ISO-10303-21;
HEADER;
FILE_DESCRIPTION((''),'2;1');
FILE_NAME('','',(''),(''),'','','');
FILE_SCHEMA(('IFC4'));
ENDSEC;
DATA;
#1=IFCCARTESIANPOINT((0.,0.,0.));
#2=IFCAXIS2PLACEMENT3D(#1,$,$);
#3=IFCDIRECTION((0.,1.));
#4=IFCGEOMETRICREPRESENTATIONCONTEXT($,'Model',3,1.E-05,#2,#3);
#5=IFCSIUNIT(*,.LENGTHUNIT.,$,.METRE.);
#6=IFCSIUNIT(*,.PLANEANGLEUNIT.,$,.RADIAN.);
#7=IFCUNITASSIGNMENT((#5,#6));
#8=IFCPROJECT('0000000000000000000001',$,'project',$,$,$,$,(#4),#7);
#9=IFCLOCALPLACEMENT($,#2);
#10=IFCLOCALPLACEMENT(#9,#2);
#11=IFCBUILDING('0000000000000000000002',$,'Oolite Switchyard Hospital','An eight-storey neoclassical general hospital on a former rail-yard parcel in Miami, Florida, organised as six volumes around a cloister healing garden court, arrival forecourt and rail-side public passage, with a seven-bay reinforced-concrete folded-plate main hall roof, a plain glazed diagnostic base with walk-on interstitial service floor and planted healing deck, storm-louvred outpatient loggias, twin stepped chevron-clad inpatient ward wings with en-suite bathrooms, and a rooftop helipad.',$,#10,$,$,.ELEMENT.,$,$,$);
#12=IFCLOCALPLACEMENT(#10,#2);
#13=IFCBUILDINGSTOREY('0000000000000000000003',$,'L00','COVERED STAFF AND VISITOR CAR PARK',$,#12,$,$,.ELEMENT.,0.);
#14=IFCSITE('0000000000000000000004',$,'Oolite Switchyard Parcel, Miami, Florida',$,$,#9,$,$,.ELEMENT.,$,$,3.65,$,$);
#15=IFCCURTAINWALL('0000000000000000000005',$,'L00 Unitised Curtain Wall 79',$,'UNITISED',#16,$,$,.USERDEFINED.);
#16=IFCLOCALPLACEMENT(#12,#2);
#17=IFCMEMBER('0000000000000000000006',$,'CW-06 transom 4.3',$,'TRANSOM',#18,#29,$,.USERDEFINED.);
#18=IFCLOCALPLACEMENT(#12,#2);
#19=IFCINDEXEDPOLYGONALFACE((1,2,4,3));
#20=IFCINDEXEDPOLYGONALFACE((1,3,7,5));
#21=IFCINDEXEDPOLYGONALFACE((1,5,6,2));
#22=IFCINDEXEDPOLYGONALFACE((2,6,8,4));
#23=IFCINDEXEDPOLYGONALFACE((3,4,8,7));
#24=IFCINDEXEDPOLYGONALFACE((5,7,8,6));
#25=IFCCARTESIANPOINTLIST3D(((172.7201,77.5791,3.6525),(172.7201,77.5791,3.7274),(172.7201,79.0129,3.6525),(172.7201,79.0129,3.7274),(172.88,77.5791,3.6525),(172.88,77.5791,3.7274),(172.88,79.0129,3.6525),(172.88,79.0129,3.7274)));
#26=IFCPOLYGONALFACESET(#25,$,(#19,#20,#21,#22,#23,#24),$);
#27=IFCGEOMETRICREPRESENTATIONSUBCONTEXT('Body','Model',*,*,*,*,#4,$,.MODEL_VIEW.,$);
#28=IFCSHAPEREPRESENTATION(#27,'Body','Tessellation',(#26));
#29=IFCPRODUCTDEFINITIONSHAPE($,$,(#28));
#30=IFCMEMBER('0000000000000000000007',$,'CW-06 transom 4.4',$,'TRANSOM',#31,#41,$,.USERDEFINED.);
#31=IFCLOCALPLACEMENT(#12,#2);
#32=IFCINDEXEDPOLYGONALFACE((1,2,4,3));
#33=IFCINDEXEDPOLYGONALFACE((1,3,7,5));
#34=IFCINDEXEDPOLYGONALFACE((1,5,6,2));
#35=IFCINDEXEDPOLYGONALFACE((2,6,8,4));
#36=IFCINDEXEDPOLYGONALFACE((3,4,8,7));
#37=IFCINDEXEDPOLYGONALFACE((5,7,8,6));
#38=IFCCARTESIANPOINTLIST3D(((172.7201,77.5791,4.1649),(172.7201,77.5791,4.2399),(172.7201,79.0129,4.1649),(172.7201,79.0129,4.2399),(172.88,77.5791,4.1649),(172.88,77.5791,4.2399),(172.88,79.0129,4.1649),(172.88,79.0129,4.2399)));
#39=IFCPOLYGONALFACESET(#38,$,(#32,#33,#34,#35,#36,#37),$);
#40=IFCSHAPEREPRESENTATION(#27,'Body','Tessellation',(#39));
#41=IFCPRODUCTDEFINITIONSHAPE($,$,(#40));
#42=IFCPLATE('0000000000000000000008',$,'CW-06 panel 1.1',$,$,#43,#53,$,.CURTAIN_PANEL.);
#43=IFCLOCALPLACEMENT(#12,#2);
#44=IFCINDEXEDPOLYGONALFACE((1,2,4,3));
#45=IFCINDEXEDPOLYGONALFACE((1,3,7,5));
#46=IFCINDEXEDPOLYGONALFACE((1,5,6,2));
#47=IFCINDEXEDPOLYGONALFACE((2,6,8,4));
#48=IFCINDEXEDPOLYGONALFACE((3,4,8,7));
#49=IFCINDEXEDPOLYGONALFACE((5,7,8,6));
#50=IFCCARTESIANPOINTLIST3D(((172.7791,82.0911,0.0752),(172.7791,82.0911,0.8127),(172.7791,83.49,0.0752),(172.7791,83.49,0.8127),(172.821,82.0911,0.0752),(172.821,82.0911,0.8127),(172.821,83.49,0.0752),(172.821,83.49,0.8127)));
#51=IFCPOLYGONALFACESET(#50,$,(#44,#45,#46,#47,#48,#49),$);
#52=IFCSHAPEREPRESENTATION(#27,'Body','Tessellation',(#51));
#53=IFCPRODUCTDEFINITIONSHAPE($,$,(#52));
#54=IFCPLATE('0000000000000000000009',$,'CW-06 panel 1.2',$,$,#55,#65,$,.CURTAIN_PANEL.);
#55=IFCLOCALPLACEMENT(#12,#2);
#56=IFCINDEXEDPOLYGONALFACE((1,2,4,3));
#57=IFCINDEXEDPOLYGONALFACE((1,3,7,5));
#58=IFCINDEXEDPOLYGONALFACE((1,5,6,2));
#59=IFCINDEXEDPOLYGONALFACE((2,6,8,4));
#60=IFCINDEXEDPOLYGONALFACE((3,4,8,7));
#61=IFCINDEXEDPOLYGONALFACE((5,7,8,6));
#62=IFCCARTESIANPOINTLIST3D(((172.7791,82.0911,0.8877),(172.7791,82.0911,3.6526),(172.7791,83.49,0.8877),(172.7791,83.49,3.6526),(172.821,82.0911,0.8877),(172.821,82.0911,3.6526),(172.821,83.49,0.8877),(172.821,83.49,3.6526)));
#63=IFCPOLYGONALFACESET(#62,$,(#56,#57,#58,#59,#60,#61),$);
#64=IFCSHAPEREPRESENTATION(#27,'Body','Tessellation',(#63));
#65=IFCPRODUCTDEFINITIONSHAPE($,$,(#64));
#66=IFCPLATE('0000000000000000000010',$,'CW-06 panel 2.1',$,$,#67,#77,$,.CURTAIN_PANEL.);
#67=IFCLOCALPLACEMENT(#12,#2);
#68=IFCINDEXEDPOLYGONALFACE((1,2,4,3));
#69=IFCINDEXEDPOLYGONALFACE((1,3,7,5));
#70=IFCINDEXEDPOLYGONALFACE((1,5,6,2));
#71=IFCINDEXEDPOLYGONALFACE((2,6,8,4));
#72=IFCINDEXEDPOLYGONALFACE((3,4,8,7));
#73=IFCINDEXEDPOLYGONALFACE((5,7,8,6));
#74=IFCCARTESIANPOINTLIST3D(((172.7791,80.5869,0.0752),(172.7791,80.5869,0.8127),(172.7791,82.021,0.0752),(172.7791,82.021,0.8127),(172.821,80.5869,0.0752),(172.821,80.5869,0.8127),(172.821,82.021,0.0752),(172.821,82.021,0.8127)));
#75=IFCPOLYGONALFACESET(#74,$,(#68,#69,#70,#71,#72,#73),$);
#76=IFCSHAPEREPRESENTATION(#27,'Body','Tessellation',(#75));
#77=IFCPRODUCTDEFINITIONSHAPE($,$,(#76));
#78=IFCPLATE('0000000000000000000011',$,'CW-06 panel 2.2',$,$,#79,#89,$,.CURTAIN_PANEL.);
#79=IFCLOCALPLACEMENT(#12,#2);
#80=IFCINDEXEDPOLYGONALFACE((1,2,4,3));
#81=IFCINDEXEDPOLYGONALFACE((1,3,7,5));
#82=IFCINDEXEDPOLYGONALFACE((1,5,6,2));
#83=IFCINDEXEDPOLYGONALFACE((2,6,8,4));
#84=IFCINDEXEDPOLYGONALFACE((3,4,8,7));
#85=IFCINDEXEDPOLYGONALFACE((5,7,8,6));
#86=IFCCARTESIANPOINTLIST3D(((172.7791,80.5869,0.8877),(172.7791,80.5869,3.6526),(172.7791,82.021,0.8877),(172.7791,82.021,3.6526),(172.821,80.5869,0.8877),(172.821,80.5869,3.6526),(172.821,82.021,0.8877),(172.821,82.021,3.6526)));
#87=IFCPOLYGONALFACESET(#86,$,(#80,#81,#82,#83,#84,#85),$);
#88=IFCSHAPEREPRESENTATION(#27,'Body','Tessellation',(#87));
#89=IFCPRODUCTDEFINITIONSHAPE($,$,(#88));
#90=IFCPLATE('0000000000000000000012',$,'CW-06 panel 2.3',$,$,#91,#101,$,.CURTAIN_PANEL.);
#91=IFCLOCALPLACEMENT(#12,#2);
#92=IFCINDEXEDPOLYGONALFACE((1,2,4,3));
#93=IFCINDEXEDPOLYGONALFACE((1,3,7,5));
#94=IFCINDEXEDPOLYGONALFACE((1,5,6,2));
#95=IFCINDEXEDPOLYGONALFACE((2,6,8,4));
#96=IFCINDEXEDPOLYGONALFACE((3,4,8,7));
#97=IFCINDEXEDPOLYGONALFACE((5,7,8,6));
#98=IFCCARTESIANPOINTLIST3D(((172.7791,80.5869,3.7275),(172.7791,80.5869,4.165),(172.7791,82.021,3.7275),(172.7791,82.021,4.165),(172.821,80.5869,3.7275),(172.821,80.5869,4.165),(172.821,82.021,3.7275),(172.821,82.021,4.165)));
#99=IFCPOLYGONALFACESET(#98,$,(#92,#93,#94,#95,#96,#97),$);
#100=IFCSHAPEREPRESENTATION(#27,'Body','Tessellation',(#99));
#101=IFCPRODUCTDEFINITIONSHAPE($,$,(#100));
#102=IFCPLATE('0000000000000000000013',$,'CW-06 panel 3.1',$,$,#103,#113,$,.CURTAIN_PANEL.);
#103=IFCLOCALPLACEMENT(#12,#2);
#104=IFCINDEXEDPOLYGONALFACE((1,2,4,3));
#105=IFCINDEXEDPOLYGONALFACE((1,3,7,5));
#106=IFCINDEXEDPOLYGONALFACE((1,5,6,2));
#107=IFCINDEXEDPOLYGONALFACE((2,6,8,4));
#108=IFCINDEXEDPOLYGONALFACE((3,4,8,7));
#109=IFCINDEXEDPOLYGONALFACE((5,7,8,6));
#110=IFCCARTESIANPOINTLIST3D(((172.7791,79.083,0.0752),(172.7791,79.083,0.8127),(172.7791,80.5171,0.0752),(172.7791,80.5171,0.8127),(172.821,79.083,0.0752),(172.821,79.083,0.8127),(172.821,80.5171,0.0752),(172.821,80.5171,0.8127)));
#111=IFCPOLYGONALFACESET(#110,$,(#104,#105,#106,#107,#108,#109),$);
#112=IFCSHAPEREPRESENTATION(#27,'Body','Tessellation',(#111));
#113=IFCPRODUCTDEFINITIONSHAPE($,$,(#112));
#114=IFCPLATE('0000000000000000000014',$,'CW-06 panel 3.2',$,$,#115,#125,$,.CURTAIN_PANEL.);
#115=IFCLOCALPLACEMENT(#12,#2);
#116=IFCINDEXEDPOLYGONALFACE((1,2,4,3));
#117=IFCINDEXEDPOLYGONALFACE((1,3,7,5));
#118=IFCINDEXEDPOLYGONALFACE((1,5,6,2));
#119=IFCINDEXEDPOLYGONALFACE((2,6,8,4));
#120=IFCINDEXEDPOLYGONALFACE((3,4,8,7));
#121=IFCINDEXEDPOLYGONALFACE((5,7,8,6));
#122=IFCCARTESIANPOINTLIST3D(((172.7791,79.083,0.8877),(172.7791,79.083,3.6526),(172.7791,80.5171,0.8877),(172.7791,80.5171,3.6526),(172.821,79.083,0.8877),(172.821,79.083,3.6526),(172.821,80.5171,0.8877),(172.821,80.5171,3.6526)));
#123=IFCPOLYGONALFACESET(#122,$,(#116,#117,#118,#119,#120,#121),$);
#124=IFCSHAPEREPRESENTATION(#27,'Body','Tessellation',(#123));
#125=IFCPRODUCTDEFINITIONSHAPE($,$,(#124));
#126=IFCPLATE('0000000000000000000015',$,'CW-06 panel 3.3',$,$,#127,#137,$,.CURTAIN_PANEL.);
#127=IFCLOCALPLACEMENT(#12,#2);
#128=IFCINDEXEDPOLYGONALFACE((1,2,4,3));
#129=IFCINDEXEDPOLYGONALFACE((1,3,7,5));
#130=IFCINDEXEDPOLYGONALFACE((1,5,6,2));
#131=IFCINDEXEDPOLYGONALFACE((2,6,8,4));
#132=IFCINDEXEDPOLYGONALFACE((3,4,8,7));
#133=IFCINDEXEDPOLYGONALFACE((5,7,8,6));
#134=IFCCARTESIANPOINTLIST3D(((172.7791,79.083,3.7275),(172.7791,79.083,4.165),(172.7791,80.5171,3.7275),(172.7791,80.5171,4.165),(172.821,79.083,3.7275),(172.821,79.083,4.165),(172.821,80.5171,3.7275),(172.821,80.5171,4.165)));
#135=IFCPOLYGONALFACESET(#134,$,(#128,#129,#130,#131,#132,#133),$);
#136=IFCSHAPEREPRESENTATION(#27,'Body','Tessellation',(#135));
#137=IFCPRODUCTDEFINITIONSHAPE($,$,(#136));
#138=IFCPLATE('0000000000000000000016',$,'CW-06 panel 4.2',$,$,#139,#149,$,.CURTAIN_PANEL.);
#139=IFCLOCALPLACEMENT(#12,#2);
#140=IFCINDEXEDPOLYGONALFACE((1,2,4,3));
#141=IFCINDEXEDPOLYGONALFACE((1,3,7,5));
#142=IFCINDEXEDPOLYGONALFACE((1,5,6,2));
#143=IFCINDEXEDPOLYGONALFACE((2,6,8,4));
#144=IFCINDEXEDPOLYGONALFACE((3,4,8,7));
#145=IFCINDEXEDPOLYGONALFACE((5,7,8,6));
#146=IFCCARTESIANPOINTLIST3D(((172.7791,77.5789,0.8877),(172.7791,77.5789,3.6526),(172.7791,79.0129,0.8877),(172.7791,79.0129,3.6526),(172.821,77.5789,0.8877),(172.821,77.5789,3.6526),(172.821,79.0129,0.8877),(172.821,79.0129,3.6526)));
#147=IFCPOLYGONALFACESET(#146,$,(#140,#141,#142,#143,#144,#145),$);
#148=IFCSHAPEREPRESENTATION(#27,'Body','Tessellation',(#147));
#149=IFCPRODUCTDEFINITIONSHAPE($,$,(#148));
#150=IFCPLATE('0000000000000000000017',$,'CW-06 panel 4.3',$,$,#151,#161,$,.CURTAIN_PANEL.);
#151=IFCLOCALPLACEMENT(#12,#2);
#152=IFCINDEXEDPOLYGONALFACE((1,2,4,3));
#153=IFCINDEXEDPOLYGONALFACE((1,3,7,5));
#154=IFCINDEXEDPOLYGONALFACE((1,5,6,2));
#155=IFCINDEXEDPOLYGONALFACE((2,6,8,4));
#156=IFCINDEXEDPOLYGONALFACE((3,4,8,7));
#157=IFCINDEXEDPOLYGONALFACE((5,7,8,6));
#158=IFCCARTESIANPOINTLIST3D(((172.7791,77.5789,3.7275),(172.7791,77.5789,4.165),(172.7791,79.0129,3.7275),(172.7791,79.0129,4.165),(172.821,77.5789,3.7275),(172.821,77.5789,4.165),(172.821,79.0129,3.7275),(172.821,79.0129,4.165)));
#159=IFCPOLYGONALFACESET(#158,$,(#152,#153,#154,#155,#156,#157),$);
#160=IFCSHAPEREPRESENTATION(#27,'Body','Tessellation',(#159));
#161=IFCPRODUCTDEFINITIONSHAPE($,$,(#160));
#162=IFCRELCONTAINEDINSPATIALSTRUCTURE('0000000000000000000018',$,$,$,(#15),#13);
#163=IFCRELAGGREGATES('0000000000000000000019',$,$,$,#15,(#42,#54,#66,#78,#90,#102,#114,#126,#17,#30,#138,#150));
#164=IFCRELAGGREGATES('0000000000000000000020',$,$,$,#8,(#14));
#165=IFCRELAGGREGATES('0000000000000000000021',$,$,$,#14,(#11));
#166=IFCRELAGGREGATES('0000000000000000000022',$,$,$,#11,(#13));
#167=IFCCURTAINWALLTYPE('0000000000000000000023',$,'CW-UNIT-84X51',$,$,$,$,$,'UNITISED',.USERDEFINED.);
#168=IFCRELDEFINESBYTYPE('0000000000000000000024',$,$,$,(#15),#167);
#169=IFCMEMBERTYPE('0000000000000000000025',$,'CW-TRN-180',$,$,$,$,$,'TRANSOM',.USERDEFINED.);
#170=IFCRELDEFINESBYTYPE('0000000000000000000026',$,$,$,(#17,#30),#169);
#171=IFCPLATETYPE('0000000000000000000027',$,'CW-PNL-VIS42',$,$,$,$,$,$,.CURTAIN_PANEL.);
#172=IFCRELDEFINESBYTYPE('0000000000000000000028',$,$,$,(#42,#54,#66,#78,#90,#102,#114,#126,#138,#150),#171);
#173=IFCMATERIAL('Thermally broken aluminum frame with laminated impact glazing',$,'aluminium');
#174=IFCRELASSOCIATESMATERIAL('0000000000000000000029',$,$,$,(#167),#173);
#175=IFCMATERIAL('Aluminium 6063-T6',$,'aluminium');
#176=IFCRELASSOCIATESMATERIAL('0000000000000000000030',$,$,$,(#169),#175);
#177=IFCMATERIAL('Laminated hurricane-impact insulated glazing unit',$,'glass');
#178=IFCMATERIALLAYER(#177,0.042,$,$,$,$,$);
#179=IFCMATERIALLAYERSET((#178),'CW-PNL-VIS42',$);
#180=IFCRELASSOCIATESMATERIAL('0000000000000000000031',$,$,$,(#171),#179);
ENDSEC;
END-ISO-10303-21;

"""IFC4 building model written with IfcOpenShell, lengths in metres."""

from ifc_helpers import new_model, si_unit, direction, frame, origin, origin_2d, place, context, subcontext, project, spatial, rectangle, extrude, material, layer, layer_set, material_profile, profile_set, type_object, element, aggregate, save


model = new_model("IFC4")

# Units and contexts
model_context = context("Model", 3, precision=1e-05, world=origin(), true_north=direction((0.0, 1.0)))
body_context = subcontext(model_context, "Body", "Model", "MODEL_VIEW")
ifc_project = project(units=[si_unit("LENGTHUNIT", "METRE"), si_unit("PLANEANGLEUNIT", "RADIAN")], contexts=[model_context])

# Site, building, storey
site_placement = place(None, origin())
site = spatial("IfcSite", under=ifc_project, at=site_placement, Name="Oolite Switchyard Parcel, Miami, Florida", CompositionType="ELEMENT", RefElevation=3.65)
building_placement = place(site_placement, origin())
building = spatial("IfcBuilding", under=site, at=building_placement, Name="Oolite Switchyard Hospital", Description="An eight-storey neoclassical general hospital on a former rail-yard parcel in Miami, Florida, organised as six volumes around a cloister healing garden court, arrival forecourt and rail-side public passage, with a seven-bay reinforced-concrete folded-plate main hall roof, a plain glazed diagnostic base with walk-on interstitial service floor and planted healing deck, storm-louvred outpatient loggias, twin stepped chevron-clad inpatient ward wings with en-suite bathrooms, and a rooftop helipad.", CompositionType="ELEMENT")
storey_placement = place(building_placement, origin())
storey = spatial("IfcBuildingStorey", under=building, at=storey_placement, Name="L00", Description="COVERED STAFF AND VISITOR CAR PARK", CompositionType="ELEMENT", Elevation=0.0)

# Curtain wall, members, plates
ifc_material_1 = material(Name="Thermally broken aluminum frame with laminated impact glazing", Category="aluminium")
curtain_wall_type = type_object("IfcCurtainWallType", Name="CW-UNIT-84X51", ElementType="UNITISED", PredefinedType="USERDEFINED", material=ifc_material_1)
curtain_wall_placement = place(storey_placement, origin())
curtain_wall = element("IfcCurtainWall", 1, at=curtain_wall_placement, inside=storey, type_object=curtain_wall_type, Name="L00 Unitised Curtain Wall 79", ObjectType="UNITISED", PredefinedType="USERDEFINED")
ifc_material_2 = material(Name="Aluminium 6063-T6", Category="aluminium")
ifc_material_profile_1 = material_profile(ifc_material_2, rectangle(XDim=0.1599, YDim=0.075, at=origin_2d()), Name="CWT75X160")
ifc_profile_set_1 = profile_set([ifc_material_profile_1], Name="Aluminium 6063-T6")
member_type_1 = type_object("IfcMemberType", Name="CW-TRN-180", ElementType="TRANSOM", PredefinedType="USERDEFINED", material=ifc_profile_set_1)
member_1_placement = place(storey_placement, frame((172.8, 79.0129, 3.6899), z_axis=(0.0, -1.0, 0.0), x_axis=(1.0, 0.0, 0.0)))
member_1 = element("IfcMember", 2, at=member_1_placement, type_object=member_type_1, Name="CW-06 transom 4.3", ObjectType="TRANSOM", PredefinedType="USERDEFINED", context=body_context, shape_type="SweptSolid", body=[
    extrude(rectangle(XDim=0.1599, YDim=0.075, at=origin_2d()), origin(), (0.0, 0.0, 1.0), 1.4338),
])
member_2_placement = place(storey_placement, frame((172.8, 79.0129, 4.2024), z_axis=(0.0, -1.0, 0.0), x_axis=(1.0, 0.0, 0.0)))
member_2 = element("IfcMember", 3, at=member_2_placement, type_object=member_type_1, Name="CW-06 transom 4.4", ObjectType="TRANSOM", PredefinedType="USERDEFINED", context=body_context, shape_type="SweptSolid", body=[
    extrude(rectangle(XDim=0.1599, YDim=0.075, at=origin_2d()), origin(), (0.0, 0.0, 1.0), 1.4338),
])
ifc_material_3 = material(Name="Laminated hurricane-impact insulated glazing unit", Category="glass")
ifc_layer = layer(ifc_material_3, 0.042)
ifc_layer_set = layer_set([ifc_layer], Name="CW-PNL-VIS42")
plate_type = type_object("IfcPlateType", Name="CW-PNL-VIS42", PredefinedType="CURTAIN_PANEL", material=ifc_layer_set)
plate_1_placement = place(storey_placement, frame((172.8, 82.7905, 0.0752), z_axis=(0.0, 0.0, 1.0), x_axis=(0.0, -1.0, 0.0)))
plate_1 = element("IfcPlate", 4, at=plate_1_placement, type_object=plate_type, Name="CW-06 panel 1.1", PredefinedType="CURTAIN_PANEL", context=body_context, shape_type="SweptSolid", body=[
    extrude(rectangle(XDim=1.3989, YDim=0.042, at=origin_2d()), origin(), (0.0, 0.0, 1.0), 0.7375),
])
plate_2_placement = place(storey_placement, frame((172.8, 82.7905, 0.8877), z_axis=(0.0, 0.0, 1.0), x_axis=(0.0, -1.0, 0.0)))
plate_2 = element("IfcPlate", 5, at=plate_2_placement, type_object=plate_type, Name="CW-06 panel 1.2", PredefinedType="CURTAIN_PANEL", context=body_context, shape_type="SweptSolid", body=[
    extrude(rectangle(XDim=1.3989, YDim=0.042, at=origin_2d()), origin(), (0.0, 0.0, 1.0), 2.7649),
])
plate_3_placement = place(storey_placement, frame((172.8, 81.304, 0.0752), z_axis=(0.0, 0.0, 1.0), x_axis=(0.0, -1.0, 0.0)))
plate_3 = element("IfcPlate", 6, at=plate_3_placement, type_object=plate_type, Name="CW-06 panel 2.1", PredefinedType="CURTAIN_PANEL", context=body_context, shape_type="SweptSolid", body=[
    extrude(rectangle(XDim=1.4341, YDim=0.042, at=origin_2d()), origin(), (0.0, 0.0, 1.0), 0.7375),
])
plate_4_placement = place(storey_placement, frame((172.8, 81.304, 0.8877), z_axis=(0.0, 0.0, 1.0), x_axis=(0.0, -1.0, 0.0)))
plate_4 = element("IfcPlate", 7, at=plate_4_placement, type_object=plate_type, Name="CW-06 panel 2.2", PredefinedType="CURTAIN_PANEL", context=body_context, shape_type="SweptSolid", body=[
    extrude(rectangle(XDim=1.4341, YDim=0.042, at=origin_2d()), origin(), (0.0, 0.0, 1.0), 2.7649),
])
plate_5_placement = place(storey_placement, frame((172.8, 81.304, 3.7275), z_axis=(0.0, 0.0, 1.0), x_axis=(0.0, -1.0, 0.0)))
plate_5 = element("IfcPlate", 8, at=plate_5_placement, type_object=plate_type, Name="CW-06 panel 2.3", PredefinedType="CURTAIN_PANEL", context=body_context, shape_type="SweptSolid", body=[
    extrude(rectangle(XDim=1.4341, YDim=0.042, at=origin_2d()), origin(), (0.0, 0.0, 1.0), 0.4375),
])
plate_6_placement = place(storey_placement, frame((172.8, 79.8, 0.0752), z_axis=(0.0, 0.0, 1.0), x_axis=(0.0, -1.0, 0.0)))
plate_6 = element("IfcPlate", 9, at=plate_6_placement, type_object=plate_type, Name="CW-06 panel 3.1", PredefinedType="CURTAIN_PANEL", context=body_context, shape_type="SweptSolid", body=[
    extrude(rectangle(XDim=1.4341, YDim=0.042, at=origin_2d()), origin(), (0.0, 0.0, 1.0), 0.7375),
])
plate_7_placement = place(storey_placement, frame((172.8, 79.8, 0.8877), z_axis=(0.0, 0.0, 1.0), x_axis=(0.0, -1.0, 0.0)))
plate_7 = element("IfcPlate", 10, at=plate_7_placement, type_object=plate_type, Name="CW-06 panel 3.2", PredefinedType="CURTAIN_PANEL", context=body_context, shape_type="SweptSolid", body=[
    extrude(rectangle(XDim=1.4341, YDim=0.042, at=origin_2d()), origin(), (0.0, 0.0, 1.0), 2.7649),
])
plate_8_placement = place(storey_placement, frame((172.8, 79.8, 3.7275), z_axis=(0.0, 0.0, 1.0), x_axis=(0.0, -1.0, 0.0)))
plate_8 = element("IfcPlate", 11, at=plate_8_placement, type_object=plate_type, Name="CW-06 panel 3.3", PredefinedType="CURTAIN_PANEL", context=body_context, shape_type="SweptSolid", body=[
    extrude(rectangle(XDim=1.4341, YDim=0.042, at=origin_2d()), origin(), (0.0, 0.0, 1.0), 0.4375),
])
plate_9_placement = place(storey_placement, frame((172.8, 78.2959, 0.8877), z_axis=(0.0, 0.0, 1.0), x_axis=(0.0, -1.0, 0.0)))
plate_9 = element("IfcPlate", 12, at=plate_9_placement, type_object=plate_type, Name="CW-06 panel 4.2", PredefinedType="CURTAIN_PANEL", context=body_context, shape_type="SweptSolid", body=[
    extrude(rectangle(XDim=1.4341, YDim=0.042, at=origin_2d()), origin(), (0.0, 0.0, 1.0), 2.7649),
])
plate_10_placement = place(storey_placement, frame((172.8, 78.2959, 3.7275), z_axis=(0.0, 0.0, 1.0), x_axis=(0.0, -1.0, 0.0)))
plate_10 = element("IfcPlate", 13, at=plate_10_placement, type_object=plate_type, Name="CW-06 panel 4.3", PredefinedType="CURTAIN_PANEL", context=body_context, shape_type="SweptSolid", body=[
    extrude(rectangle(XDim=1.4341, YDim=0.042, at=origin_2d()), origin(), (0.0, 0.0, 1.0), 0.4375),
])
aggregate(curtain_wall, [plate_1, plate_2, plate_3, plate_4, plate_5, plate_6, plate_7, plate_8, member_1, member_2, plate_9, plate_10])

save(model, "model.ifc")
